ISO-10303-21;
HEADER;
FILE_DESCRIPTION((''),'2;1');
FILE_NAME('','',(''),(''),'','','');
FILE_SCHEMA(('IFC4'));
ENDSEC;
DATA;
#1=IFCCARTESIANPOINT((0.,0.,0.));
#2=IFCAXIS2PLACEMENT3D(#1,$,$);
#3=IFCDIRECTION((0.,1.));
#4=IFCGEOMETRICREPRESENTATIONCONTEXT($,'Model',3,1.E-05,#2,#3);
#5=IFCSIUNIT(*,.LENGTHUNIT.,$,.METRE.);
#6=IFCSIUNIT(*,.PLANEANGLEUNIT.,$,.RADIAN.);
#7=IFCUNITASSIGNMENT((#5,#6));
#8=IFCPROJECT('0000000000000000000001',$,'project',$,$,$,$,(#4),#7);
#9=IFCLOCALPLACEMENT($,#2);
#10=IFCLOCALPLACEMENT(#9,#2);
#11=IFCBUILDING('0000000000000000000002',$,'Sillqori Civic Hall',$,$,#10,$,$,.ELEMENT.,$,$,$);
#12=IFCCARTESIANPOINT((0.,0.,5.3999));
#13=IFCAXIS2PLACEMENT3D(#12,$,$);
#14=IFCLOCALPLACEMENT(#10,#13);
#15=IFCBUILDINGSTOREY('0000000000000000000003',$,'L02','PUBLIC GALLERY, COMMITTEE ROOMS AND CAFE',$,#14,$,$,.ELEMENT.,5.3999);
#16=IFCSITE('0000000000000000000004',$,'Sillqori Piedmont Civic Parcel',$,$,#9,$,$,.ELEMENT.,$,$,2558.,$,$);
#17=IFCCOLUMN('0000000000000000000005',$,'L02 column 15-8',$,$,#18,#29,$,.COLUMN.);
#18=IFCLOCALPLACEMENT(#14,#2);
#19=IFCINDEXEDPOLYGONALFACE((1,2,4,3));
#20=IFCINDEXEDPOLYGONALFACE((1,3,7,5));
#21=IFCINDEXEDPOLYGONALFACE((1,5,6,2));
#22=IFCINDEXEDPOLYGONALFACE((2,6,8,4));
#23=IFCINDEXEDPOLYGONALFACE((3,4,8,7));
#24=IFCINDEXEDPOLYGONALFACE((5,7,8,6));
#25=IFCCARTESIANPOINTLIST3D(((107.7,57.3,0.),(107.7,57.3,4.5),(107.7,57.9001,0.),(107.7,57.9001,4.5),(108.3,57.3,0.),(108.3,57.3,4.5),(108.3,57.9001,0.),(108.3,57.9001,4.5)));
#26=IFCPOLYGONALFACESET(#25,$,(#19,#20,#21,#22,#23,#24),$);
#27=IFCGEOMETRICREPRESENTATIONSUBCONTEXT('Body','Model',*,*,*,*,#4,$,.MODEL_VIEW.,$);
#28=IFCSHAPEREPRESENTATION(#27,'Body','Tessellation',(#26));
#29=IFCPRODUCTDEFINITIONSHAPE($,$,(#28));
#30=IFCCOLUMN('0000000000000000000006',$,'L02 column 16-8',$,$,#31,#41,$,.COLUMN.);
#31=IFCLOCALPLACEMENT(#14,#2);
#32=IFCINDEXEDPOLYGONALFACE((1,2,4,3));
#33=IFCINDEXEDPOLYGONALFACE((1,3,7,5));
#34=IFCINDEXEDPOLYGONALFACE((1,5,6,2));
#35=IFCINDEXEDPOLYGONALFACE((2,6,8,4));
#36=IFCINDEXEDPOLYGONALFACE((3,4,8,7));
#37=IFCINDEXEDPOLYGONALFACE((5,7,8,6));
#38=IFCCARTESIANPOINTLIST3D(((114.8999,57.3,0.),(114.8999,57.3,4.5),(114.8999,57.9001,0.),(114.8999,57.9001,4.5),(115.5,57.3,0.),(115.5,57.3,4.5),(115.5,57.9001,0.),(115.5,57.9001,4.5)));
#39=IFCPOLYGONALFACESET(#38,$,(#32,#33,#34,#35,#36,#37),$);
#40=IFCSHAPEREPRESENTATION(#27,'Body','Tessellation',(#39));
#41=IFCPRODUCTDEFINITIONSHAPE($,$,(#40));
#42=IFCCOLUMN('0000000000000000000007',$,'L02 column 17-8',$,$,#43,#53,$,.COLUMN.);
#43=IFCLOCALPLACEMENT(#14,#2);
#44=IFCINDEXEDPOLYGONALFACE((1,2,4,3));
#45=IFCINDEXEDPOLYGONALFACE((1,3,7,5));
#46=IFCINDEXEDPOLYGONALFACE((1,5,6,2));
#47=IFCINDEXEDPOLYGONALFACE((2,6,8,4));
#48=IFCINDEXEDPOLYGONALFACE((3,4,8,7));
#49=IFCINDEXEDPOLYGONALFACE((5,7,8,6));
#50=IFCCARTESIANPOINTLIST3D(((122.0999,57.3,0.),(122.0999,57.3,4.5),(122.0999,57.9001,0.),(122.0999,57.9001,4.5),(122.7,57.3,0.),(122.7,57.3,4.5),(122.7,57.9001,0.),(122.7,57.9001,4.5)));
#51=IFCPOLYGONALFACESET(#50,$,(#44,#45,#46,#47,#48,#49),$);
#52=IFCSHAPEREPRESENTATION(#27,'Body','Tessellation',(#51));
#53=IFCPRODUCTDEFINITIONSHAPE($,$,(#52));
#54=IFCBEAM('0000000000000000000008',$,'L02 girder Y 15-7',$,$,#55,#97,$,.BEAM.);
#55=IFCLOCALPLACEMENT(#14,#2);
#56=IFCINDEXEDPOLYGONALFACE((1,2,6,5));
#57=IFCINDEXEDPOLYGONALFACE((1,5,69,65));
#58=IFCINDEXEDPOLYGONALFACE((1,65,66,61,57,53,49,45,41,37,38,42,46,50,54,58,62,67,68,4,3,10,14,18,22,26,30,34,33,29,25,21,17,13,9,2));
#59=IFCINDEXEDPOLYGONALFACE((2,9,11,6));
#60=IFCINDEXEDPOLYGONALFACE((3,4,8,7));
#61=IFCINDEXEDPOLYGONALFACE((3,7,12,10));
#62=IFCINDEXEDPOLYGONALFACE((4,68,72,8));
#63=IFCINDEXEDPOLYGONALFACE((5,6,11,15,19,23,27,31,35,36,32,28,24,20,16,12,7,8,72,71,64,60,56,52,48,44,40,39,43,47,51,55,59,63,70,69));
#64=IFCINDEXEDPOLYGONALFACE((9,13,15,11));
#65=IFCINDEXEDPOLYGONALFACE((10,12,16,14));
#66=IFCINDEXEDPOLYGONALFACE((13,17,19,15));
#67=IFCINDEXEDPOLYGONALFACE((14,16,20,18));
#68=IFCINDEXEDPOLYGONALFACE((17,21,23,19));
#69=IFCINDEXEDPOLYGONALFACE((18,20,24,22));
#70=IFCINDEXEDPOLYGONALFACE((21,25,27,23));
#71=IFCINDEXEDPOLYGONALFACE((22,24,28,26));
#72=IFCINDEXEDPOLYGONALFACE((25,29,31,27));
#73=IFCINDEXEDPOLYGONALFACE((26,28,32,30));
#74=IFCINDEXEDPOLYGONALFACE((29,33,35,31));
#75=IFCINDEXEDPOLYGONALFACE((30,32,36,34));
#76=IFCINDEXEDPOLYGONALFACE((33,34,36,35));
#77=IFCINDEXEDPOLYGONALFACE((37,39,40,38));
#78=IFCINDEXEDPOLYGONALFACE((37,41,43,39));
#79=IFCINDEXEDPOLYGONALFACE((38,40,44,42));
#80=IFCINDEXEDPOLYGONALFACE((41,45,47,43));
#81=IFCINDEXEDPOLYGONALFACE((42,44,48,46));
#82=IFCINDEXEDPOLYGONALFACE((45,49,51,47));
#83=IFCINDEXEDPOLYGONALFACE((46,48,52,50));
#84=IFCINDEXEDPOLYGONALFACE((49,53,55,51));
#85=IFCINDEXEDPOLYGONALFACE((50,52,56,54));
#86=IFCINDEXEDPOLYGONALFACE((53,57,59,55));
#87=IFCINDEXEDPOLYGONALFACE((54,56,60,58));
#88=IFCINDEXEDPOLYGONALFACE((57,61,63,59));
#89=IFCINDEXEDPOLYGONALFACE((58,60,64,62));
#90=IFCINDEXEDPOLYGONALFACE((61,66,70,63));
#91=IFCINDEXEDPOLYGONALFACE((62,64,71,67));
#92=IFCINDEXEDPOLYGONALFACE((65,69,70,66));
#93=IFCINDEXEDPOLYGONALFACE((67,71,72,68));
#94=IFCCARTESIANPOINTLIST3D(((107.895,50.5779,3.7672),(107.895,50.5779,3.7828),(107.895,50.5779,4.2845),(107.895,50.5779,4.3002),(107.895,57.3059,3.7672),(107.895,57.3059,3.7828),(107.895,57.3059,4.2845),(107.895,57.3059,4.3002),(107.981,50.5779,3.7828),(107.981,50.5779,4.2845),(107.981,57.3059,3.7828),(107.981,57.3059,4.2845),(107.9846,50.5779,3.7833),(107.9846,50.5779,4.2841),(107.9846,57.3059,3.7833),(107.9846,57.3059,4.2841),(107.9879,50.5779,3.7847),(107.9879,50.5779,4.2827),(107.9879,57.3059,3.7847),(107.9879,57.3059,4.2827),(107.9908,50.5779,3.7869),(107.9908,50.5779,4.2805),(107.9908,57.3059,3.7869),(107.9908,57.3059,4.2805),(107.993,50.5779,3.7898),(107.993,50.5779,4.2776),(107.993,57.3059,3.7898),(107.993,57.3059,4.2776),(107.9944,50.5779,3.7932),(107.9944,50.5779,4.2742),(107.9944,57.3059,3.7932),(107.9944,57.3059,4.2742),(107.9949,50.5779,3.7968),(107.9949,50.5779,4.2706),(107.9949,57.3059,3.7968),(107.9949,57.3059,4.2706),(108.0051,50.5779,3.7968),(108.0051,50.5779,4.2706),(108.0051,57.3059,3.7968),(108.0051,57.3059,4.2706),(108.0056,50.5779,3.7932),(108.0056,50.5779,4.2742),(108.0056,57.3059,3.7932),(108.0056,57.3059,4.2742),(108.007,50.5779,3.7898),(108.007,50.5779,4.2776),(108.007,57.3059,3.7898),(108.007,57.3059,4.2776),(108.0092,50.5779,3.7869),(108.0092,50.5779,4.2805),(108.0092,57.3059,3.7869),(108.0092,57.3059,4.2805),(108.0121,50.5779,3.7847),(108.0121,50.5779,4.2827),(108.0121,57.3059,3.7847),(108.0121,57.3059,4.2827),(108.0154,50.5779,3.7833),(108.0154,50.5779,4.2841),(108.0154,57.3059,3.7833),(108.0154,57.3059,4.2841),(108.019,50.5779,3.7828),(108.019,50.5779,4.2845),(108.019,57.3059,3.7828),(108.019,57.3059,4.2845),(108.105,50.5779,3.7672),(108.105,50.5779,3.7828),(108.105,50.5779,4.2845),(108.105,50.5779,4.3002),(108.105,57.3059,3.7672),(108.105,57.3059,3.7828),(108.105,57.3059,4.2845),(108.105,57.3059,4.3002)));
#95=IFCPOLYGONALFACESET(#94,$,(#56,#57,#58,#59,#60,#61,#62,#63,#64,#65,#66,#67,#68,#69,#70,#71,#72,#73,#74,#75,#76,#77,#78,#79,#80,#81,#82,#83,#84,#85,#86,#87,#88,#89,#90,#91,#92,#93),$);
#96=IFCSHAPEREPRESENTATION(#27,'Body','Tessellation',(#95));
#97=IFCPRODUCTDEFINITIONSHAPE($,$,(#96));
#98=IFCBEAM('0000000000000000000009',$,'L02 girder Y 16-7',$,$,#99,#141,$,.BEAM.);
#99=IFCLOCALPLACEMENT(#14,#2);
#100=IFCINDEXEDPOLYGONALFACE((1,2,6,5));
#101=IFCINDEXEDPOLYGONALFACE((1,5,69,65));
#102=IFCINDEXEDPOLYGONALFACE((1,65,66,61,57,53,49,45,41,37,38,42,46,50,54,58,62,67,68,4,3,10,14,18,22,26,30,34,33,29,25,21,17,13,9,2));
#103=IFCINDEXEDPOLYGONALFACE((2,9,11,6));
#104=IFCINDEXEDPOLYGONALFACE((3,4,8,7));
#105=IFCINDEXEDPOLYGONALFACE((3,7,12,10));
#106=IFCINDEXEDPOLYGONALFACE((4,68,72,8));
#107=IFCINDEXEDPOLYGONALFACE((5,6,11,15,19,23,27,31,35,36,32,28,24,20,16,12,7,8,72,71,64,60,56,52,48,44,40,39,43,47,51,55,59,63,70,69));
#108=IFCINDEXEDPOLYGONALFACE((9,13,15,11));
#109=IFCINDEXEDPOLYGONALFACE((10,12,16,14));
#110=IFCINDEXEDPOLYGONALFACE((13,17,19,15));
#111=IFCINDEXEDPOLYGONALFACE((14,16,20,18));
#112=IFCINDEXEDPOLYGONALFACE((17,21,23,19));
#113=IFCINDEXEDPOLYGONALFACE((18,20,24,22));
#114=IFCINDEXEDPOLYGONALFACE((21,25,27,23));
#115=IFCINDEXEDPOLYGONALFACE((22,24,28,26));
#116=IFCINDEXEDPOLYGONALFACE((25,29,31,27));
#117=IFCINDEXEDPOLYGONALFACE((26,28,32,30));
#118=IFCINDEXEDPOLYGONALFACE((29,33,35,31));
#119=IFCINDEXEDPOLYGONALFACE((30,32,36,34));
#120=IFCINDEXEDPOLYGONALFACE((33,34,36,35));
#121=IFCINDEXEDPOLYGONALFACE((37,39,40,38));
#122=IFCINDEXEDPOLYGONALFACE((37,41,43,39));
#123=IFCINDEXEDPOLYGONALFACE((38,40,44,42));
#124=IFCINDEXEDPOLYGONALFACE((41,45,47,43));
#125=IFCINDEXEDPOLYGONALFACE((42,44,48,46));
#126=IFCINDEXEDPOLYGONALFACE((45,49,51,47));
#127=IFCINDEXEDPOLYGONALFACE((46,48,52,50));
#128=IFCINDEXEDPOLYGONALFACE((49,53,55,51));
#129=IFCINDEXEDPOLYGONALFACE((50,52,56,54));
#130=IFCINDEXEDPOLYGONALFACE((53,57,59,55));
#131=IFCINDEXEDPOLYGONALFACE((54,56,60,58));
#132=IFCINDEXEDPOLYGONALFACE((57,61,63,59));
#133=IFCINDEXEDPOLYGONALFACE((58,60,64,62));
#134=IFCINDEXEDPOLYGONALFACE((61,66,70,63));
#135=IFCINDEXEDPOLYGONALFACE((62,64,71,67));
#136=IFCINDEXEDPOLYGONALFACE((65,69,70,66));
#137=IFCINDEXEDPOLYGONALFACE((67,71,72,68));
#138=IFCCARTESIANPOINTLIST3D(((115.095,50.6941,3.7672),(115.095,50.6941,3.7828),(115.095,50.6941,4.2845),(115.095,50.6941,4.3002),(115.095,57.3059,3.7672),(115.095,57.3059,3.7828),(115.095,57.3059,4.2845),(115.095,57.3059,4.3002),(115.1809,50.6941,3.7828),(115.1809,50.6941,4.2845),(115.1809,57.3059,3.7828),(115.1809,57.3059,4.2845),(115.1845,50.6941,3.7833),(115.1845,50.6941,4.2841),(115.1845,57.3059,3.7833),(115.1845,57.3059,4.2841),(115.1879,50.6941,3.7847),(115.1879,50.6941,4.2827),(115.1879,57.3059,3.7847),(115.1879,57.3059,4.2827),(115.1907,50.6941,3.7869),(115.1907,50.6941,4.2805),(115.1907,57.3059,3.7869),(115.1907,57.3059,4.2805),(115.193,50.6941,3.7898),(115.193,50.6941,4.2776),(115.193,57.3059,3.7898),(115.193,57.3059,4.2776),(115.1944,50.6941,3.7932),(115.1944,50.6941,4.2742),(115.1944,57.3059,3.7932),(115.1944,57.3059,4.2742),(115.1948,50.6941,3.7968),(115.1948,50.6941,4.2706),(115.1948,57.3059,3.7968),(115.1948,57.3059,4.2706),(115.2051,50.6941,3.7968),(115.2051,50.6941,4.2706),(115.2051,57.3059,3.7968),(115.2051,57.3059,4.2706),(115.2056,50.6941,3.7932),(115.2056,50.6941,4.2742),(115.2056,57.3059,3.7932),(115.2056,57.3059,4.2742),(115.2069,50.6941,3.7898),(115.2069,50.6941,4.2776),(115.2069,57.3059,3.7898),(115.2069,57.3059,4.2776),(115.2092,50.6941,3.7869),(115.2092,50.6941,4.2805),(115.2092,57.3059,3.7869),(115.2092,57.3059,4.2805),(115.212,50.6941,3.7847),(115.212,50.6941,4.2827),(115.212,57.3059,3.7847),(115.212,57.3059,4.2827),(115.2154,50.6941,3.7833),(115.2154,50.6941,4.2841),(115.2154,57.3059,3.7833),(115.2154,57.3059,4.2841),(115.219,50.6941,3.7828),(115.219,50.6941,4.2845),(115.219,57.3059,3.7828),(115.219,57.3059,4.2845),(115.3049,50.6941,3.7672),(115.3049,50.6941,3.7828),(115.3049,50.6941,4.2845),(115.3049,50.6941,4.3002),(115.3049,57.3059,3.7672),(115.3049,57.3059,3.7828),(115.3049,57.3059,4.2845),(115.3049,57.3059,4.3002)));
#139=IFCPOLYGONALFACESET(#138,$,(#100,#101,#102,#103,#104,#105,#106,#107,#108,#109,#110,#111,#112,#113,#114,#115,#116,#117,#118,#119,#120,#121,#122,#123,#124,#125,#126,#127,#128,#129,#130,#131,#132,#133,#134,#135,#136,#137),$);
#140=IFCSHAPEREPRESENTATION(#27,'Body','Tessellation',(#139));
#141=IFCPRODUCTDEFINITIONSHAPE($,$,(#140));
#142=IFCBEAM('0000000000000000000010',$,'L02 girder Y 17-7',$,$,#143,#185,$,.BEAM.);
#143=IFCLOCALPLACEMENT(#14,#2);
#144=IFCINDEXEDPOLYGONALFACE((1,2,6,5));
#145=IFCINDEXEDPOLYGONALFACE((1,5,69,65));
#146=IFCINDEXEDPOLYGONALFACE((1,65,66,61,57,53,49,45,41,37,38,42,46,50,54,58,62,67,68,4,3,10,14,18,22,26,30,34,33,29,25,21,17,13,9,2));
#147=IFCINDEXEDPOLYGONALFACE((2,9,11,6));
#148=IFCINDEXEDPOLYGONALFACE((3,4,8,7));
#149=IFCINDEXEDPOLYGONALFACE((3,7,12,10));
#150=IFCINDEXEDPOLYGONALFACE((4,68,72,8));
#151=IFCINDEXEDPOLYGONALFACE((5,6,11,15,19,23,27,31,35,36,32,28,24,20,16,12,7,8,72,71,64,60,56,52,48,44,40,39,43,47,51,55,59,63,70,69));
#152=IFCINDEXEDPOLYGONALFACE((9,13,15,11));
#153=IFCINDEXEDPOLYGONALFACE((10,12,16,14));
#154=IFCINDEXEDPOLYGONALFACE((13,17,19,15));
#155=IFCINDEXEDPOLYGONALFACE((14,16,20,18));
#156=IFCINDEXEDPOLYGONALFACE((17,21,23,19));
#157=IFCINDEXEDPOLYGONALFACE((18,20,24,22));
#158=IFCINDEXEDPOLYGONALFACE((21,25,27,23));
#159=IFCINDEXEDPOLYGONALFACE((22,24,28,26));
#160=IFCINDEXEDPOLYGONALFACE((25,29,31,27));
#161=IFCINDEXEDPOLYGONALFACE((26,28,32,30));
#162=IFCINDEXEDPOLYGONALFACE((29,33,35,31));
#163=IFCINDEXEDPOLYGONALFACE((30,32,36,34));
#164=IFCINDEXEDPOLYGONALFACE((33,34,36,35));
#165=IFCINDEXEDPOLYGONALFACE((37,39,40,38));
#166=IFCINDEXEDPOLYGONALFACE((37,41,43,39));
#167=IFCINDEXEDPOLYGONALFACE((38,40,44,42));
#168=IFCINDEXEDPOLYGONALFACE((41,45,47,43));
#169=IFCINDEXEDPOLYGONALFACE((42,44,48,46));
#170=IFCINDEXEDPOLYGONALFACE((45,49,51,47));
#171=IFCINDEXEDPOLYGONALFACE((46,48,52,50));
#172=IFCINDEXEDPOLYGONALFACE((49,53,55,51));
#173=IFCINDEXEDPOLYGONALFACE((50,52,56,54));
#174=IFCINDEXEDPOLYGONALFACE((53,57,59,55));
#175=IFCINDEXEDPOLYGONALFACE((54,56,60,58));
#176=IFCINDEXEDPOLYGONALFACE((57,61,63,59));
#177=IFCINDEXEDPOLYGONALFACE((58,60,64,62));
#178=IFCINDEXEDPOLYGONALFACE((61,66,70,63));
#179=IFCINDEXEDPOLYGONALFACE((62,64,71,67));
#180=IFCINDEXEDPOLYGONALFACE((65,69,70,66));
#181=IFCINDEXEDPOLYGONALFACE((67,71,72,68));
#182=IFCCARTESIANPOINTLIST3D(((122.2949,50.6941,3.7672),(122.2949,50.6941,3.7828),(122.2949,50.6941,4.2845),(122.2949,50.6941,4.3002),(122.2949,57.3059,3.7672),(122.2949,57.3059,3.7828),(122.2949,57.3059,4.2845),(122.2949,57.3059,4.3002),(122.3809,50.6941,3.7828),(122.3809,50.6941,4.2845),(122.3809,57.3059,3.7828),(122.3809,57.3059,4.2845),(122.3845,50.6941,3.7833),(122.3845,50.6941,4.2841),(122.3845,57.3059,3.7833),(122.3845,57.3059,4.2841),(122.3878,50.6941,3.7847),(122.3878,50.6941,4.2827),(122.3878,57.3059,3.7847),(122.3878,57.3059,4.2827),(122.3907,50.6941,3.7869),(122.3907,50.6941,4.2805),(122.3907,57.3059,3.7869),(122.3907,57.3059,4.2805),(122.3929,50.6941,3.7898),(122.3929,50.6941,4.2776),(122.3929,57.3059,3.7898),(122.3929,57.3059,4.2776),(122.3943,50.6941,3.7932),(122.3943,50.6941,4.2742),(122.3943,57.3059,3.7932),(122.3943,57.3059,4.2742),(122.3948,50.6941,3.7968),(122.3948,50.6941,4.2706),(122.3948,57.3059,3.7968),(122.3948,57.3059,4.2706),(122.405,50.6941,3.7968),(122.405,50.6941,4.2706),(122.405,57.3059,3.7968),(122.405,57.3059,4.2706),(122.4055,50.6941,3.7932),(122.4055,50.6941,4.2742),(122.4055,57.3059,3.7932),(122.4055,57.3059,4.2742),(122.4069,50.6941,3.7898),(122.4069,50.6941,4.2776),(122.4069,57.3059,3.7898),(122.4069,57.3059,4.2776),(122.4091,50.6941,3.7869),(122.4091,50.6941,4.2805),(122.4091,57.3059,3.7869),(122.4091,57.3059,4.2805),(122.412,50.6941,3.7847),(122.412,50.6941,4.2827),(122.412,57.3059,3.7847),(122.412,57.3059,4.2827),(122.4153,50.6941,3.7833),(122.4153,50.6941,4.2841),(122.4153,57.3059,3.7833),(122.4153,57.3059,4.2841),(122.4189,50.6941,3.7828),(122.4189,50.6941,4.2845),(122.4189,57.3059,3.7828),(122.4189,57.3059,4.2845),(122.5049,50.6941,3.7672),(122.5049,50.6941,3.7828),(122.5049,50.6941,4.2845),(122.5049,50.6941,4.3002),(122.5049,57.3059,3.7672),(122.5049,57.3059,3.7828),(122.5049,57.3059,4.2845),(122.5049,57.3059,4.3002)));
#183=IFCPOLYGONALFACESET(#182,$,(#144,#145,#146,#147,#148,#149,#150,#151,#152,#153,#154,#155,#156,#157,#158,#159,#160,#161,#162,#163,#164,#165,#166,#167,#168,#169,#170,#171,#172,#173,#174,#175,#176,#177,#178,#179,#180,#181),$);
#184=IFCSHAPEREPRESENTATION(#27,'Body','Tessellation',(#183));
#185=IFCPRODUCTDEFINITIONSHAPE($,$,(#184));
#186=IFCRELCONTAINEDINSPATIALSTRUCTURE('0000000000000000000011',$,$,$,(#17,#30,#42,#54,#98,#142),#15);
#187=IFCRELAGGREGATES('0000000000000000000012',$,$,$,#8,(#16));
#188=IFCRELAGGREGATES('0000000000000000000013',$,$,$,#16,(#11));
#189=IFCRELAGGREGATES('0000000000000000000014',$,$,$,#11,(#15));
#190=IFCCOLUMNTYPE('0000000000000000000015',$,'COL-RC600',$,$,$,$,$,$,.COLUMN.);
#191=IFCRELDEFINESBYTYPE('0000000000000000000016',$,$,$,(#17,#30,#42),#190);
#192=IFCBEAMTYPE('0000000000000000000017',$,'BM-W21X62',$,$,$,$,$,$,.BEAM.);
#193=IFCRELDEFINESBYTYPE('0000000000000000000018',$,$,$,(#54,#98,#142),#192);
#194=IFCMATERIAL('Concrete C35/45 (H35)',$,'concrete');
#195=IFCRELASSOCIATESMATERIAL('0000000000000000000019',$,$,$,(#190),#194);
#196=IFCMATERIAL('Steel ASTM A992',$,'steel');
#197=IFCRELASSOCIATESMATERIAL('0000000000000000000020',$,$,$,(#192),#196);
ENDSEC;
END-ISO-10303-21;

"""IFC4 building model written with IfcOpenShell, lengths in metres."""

from ifc_helpers import new_model, si_unit, direction, frame, origin, origin_2d, place, context, subcontext, project, spatial, rectangle, i_section, extrude, material, material_profile, profile_set, type_object, element, save


model = new_model("IFC4")

# Units and contexts
model_context = context("Model", 3, precision=1e-05, world=origin(), true_north=direction((0.0, 1.0)))
body_context = subcontext(model_context, "Body", "Model", "MODEL_VIEW")
ifc_project = project(units=[si_unit("LENGTHUNIT", "METRE"), si_unit("PLANEANGLEUNIT", "RADIAN")], contexts=[model_context])

# Site, building, storey
site_placement = place(None, origin())
site = spatial("IfcSite", under=ifc_project, at=site_placement, Name="Sillqori Piedmont Civic Parcel", CompositionType="ELEMENT", RefElevation=2558.0)
building_placement = place(site_placement, origin())
building = spatial("IfcBuilding", under=site, at=building_placement, Name="Sillqori Civic Hall", CompositionType="ELEMENT")
storey_placement = place(building_placement, frame((0.0, 0.0, 5.3999)))
storey = spatial("IfcBuildingStorey", under=building, at=storey_placement, Name="L02", Description="PUBLIC GALLERY, COMMITTEE ROOMS AND CAFE", CompositionType="ELEMENT", Elevation=5.3999)

# Columns
ifc_material_1 = material(Name="Concrete C35/45 (H35)", Category="concrete")
ifc_material_profile_1 = material_profile(ifc_material_1, rectangle(XDim=0.6001, YDim=0.6001, at=origin_2d()), Name="RC 600x600")
ifc_profile_set_1 = profile_set([ifc_material_profile_1], Name="Concrete C35/45 (H35)")
column_type = type_object("IfcColumnType", Name="COL-RC600", PredefinedType="COLUMN", material=ifc_profile_set_1)
for number, where, z_axis, x_axis, name in (
    (1, (108.0, 57.6001, 0.0), (0.0, 0.0, 1.0), (1.0, 0.0, 0.0), "L02 column 15-8"),
    (2, (115.2, 57.6001, 0.0), (0.0, 0.0, 1.0), (1.0, 0.0, 0.0), "L02 column 16-8"),
    (3, (122.3999, 57.6001, 0.0), (0.0, 0.0, 1.0), (1.0, 0.0, 0.0), "L02 column 17-8"),
):
    element("IfcColumn", number, at=place(storey_placement, frame(where, z_axis=z_axis, x_axis=x_axis)), inside=storey, type_object=column_type, Name=name, PredefinedType="COLUMN", context=body_context, shape_type="SweptSolid", body=[
        extrude(rectangle(XDim=0.6001, YDim=0.6001, at=origin_2d()), origin(), (0.0, 0.0, 1.0), 4.5),
    ])

# Beams
ifc_material_2 = material(Name="Steel ASTM A992", Category="steel")
ifc_material_profile_2 = material_profile(ifc_material_2, i_section(OverallWidth=0.21, OverallDepth=0.533, WebThickness=0.0103, FlangeThickness=0.0156, FilletRadius=0.0139, at=origin_2d()), Name="W21X62")
ifc_profile_set_2 = profile_set([ifc_material_profile_2], Name="Steel ASTM A992")
beam_type_1 = type_object("IfcBeamType", Name="BM-W21X62", PredefinedType="BEAM", material=ifc_profile_set_2)
beam_1_placement = place(storey_placement, frame((108.0, 50.5779, 4.0337), z_axis=(0.0, 1.0, 0.0), x_axis=(-1.0, 0.0, 0.0)))
element("IfcBeam", 4, at=beam_1_placement, inside=storey, type_object=beam_type_1, Name="L02 girder Y 15-7", PredefinedType="BEAM", context=body_context, shape_type="SweptSolid", body=[
    extrude(i_section(OverallWidth=0.21, OverallDepth=0.533, WebThickness=0.0103, FlangeThickness=0.0156, FilletRadius=0.0139, at=origin_2d()), origin(), (0.0, 0.0, 1.0), 6.728),
])
for number, where, z_axis, x_axis, name in (
    (5, (115.2, 50.6941, 4.0337), (0.0, 1.0, 0.0), (-1.0, 0.0, 0.0), "L02 girder Y 16-7"),
    (6, (122.3999, 50.6941, 4.0337), (0.0, 1.0, 0.0), (-1.0, 0.0, 0.0), "L02 girder Y 17-7"),
):
    element("IfcBeam", number, at=place(storey_placement, frame(where, z_axis=z_axis, x_axis=x_axis)), inside=storey, type_object=beam_type_1, Name=name, PredefinedType="BEAM", context=body_context, shape_type="SweptSolid", body=[
        extrude(i_section(OverallWidth=0.21, OverallDepth=0.533, WebThickness=0.0103, FlangeThickness=0.0156, FilletRadius=0.0139, at=origin_2d()), origin(), (0.0, 0.0, 1.0), 6.6118),
    ])

save(model, "model.ifc")
